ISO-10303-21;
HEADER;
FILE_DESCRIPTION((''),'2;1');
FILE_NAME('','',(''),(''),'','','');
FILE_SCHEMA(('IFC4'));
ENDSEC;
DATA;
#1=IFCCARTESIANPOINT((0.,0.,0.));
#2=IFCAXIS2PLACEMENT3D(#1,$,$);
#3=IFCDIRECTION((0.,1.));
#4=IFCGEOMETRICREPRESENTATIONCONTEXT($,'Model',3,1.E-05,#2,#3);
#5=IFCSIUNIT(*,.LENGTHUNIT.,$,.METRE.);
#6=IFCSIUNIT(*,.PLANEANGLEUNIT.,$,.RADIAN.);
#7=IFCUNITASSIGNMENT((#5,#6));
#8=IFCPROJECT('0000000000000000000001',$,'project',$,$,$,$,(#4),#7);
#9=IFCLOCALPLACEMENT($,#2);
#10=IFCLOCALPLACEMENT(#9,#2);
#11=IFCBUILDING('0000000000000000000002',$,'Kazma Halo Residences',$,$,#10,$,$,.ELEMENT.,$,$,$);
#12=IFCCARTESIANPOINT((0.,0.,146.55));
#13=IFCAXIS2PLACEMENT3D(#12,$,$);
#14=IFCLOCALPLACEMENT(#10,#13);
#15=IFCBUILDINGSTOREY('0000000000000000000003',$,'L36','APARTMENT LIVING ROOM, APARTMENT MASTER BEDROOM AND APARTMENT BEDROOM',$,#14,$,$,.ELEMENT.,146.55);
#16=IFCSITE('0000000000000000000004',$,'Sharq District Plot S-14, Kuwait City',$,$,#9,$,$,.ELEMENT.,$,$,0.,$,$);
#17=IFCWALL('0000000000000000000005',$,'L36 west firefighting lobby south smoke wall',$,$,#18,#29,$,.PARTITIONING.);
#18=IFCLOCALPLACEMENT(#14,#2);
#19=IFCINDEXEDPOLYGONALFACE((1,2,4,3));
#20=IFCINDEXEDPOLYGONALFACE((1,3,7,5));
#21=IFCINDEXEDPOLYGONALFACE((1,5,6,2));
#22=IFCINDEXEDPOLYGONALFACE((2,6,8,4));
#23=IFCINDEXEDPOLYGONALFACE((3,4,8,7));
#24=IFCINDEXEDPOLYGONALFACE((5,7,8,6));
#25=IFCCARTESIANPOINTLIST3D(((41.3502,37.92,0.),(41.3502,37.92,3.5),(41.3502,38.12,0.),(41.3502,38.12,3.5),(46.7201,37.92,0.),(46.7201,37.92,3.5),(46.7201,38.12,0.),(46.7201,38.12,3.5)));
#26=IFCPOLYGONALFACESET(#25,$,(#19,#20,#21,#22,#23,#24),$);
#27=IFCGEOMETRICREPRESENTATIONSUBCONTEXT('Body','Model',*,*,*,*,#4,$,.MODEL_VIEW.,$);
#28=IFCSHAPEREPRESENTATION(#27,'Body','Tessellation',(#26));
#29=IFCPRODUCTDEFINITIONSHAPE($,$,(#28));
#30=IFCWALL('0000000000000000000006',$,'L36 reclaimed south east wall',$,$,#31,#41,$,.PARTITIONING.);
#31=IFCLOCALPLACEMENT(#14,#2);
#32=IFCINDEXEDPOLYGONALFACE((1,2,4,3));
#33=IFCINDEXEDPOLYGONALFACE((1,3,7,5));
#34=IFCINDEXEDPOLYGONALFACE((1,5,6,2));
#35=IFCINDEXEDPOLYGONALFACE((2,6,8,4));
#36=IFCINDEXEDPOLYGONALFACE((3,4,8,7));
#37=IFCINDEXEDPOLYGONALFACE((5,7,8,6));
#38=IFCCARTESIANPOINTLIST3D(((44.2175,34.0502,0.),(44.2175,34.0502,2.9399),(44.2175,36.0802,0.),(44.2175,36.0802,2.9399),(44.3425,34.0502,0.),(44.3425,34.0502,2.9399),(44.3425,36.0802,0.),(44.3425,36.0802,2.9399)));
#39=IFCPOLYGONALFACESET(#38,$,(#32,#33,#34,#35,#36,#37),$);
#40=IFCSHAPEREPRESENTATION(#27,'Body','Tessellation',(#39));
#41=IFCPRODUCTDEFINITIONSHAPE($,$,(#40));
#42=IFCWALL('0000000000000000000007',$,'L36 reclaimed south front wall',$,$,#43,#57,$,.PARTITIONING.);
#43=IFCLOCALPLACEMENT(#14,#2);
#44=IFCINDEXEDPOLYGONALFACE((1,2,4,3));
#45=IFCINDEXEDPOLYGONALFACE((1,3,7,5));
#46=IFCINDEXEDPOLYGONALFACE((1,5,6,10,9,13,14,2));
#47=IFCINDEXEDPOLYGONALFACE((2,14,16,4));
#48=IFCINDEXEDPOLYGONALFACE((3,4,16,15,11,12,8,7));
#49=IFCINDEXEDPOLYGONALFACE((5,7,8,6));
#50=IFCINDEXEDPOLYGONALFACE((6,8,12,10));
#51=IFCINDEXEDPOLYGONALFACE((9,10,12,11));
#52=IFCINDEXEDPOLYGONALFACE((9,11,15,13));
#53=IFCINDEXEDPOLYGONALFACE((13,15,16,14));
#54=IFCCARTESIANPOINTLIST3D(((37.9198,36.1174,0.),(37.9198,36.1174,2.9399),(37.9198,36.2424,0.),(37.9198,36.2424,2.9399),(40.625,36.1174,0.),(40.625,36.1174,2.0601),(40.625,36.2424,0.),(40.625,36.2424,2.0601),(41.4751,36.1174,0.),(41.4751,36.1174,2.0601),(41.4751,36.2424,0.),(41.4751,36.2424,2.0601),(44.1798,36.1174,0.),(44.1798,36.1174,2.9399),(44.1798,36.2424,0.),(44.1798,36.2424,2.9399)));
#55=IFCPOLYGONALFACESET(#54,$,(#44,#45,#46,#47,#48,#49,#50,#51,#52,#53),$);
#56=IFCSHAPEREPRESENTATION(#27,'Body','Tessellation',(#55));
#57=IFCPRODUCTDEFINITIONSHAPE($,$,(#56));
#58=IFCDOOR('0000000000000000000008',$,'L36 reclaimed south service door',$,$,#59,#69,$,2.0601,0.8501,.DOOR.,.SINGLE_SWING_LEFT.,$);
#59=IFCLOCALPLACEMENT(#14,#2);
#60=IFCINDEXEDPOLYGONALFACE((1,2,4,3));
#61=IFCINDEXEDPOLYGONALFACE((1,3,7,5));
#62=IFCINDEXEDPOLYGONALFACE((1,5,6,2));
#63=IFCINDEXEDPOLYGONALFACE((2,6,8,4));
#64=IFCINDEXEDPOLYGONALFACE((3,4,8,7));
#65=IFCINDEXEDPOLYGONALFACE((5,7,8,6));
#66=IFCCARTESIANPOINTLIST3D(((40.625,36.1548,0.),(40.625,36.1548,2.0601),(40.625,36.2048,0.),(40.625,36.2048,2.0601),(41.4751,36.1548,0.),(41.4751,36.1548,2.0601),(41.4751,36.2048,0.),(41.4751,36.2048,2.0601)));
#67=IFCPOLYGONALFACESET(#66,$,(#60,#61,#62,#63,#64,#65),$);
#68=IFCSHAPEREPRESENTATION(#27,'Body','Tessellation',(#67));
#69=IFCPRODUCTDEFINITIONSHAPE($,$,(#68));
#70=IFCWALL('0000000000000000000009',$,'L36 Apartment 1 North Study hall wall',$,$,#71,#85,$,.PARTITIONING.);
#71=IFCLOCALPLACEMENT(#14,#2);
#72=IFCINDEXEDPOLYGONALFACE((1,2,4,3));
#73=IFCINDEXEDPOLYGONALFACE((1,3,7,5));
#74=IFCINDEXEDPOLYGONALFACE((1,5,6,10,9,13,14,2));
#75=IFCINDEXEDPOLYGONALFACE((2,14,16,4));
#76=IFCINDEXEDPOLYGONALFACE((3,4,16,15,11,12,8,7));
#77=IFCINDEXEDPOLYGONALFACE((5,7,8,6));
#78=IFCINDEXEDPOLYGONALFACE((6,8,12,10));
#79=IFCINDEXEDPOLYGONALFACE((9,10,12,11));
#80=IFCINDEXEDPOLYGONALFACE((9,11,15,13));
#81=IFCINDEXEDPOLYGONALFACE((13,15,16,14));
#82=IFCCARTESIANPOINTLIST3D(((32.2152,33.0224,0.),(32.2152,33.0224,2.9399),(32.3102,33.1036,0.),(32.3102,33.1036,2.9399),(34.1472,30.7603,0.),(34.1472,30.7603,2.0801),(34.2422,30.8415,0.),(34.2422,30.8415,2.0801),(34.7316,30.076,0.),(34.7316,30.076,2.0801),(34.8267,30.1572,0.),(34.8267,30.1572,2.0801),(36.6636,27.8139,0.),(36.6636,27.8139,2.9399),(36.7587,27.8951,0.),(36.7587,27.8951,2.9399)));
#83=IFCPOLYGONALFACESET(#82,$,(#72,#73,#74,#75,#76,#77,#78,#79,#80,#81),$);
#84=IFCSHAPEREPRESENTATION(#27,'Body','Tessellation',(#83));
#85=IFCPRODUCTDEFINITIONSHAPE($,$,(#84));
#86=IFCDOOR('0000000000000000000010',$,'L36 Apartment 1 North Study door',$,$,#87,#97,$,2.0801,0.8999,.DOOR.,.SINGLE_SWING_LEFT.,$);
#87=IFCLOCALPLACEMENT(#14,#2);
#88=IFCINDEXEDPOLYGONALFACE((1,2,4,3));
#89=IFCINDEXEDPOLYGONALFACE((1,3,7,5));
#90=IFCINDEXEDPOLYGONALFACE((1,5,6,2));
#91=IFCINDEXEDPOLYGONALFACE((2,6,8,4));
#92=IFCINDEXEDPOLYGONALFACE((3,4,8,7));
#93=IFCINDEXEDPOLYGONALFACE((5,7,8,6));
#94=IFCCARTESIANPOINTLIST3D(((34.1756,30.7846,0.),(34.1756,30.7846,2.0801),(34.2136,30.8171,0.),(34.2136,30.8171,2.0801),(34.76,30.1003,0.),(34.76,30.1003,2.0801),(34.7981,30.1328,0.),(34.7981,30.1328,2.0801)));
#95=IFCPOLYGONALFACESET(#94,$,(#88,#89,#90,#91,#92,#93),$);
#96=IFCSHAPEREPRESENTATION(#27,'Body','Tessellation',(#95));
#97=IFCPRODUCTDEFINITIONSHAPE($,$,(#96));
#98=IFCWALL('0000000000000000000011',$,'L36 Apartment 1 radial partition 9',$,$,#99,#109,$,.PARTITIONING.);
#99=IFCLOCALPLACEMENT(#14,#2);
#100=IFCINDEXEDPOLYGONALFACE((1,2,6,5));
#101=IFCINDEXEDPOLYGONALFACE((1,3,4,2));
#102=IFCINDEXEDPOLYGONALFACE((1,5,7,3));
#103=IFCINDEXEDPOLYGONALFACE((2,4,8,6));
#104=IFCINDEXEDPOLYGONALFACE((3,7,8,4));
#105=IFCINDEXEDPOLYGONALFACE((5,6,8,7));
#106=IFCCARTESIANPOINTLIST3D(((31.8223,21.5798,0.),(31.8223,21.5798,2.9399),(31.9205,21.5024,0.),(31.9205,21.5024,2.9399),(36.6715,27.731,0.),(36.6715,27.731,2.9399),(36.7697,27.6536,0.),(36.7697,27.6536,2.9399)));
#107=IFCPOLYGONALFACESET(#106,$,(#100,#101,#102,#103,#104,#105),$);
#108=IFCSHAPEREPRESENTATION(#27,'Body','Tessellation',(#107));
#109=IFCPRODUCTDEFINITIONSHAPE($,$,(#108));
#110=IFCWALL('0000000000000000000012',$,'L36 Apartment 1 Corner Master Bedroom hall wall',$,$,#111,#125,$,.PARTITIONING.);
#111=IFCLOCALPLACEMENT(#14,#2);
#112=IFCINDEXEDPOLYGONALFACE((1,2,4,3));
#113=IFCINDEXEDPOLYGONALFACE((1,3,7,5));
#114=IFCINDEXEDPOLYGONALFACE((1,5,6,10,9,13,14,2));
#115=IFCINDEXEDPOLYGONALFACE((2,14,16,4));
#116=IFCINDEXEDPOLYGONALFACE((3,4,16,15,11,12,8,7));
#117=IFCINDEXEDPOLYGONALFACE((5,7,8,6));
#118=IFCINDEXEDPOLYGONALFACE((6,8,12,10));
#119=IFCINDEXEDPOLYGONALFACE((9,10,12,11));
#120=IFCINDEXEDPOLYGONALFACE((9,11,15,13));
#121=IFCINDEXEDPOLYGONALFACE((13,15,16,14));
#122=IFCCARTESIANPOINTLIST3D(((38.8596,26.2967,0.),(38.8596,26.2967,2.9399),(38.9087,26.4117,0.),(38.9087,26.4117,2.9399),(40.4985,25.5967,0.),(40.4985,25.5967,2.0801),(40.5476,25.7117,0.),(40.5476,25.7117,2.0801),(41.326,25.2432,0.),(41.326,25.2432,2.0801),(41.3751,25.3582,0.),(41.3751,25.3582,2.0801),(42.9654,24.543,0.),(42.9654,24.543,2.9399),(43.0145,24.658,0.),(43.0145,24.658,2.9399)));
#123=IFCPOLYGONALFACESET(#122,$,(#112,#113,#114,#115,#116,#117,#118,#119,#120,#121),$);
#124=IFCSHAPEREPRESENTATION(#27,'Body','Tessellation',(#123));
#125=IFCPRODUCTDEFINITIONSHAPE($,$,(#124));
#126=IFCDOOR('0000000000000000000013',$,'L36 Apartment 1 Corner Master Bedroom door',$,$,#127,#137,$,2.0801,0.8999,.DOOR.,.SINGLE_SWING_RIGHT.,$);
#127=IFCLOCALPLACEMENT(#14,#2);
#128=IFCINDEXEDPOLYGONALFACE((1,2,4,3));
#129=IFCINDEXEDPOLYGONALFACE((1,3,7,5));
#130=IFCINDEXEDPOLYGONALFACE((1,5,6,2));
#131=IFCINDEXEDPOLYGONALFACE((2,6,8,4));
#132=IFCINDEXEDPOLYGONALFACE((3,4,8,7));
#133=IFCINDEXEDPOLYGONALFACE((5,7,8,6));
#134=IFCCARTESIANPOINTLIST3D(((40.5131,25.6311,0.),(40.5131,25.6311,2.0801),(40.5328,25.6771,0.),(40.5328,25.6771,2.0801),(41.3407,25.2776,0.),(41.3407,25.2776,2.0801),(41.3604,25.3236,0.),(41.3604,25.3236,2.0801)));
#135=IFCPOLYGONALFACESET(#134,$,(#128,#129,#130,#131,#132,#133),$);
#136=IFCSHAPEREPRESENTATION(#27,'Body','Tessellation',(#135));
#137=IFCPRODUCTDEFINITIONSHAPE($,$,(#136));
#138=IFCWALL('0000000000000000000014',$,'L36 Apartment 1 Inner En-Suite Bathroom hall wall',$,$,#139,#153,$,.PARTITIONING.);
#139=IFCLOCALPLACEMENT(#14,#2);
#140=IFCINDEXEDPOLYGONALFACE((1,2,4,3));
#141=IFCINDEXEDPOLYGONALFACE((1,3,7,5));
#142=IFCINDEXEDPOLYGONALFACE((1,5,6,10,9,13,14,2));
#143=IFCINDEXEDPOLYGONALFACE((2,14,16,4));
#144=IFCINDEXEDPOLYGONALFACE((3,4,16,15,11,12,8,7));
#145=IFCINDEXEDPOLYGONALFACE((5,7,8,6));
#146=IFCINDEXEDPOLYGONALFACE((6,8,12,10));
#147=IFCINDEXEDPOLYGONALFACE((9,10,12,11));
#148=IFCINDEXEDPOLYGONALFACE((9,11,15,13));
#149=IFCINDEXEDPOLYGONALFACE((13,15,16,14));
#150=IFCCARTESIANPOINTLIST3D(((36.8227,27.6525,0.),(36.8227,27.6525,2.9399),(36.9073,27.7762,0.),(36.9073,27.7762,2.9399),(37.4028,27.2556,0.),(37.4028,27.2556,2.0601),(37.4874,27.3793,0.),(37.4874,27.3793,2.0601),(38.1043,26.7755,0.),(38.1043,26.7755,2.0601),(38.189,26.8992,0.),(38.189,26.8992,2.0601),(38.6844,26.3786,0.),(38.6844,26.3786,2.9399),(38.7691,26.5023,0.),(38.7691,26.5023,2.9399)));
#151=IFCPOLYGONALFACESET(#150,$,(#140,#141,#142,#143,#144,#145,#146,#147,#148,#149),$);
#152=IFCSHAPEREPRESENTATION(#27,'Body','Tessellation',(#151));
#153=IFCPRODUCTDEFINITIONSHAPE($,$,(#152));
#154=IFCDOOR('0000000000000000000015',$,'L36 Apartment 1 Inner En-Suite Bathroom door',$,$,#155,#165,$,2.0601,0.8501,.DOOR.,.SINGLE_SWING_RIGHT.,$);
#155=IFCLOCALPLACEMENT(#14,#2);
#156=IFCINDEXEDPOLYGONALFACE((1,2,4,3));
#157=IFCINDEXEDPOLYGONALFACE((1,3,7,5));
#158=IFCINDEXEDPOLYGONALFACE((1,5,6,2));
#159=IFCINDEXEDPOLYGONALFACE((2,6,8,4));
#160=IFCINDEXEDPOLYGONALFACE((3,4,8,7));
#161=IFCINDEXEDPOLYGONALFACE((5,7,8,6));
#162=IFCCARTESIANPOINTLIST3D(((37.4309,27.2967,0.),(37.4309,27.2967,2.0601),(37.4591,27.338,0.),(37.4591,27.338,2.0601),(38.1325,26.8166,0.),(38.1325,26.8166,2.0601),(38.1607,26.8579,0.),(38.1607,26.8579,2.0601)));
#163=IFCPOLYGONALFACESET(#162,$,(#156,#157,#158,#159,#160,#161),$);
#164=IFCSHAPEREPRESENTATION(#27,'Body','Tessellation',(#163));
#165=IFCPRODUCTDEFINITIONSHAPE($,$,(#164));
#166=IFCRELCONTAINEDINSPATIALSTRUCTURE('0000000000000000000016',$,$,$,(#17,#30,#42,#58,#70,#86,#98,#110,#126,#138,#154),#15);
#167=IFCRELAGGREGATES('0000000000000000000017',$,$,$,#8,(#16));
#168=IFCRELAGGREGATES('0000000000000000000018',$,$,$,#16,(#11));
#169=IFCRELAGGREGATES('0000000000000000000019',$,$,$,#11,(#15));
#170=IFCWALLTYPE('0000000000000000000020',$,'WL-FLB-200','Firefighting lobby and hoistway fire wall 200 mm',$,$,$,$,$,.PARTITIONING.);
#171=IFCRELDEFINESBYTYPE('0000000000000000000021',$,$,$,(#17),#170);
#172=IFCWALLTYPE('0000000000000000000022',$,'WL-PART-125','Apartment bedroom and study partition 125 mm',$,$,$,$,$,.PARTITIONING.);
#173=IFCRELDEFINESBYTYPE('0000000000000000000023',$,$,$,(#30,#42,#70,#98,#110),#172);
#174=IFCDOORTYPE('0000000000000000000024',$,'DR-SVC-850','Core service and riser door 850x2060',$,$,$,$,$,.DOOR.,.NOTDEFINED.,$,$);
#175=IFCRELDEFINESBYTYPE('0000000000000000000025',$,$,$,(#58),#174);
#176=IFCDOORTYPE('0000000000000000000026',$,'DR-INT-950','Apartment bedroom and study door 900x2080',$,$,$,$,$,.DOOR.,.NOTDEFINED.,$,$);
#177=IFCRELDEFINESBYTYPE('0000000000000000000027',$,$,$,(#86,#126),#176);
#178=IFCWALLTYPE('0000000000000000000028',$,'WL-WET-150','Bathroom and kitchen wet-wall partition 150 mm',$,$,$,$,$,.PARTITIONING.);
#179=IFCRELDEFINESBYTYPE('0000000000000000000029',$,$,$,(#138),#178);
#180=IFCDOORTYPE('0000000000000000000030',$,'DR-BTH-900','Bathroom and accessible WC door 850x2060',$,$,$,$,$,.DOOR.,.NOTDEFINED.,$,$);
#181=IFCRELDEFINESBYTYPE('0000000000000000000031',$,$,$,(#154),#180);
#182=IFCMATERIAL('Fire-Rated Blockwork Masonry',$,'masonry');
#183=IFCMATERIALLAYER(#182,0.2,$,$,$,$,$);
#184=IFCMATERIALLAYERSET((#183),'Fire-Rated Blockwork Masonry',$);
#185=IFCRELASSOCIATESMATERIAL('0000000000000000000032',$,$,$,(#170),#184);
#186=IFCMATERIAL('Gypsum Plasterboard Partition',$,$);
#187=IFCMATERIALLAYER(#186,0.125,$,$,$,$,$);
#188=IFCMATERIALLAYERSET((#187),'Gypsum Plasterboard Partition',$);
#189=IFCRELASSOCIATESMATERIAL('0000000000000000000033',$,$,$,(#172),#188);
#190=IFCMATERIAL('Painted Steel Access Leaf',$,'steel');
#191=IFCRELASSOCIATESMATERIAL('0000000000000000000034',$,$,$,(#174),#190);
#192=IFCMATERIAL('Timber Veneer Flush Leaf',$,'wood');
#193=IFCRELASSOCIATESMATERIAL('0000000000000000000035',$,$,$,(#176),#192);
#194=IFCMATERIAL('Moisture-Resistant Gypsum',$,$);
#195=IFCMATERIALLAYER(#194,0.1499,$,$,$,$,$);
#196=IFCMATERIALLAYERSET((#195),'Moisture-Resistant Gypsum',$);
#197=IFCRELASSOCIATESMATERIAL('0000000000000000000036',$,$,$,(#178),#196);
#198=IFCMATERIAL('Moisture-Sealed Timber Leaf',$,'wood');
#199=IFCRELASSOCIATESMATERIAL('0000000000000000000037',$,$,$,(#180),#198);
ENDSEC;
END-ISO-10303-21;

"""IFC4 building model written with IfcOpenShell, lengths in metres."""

from ifc_helpers import new_model, si_unit, direction, frame, frame_2d, origin, place, context, subcontext, project, spatial, rectangle, extrude, material, layer, layer_set, type_object, element, fill, save


model = new_model("IFC4")

# Units and contexts
model_context = context("Model", 3, precision=1e-05, world=origin(), true_north=direction((0.0, 1.0)))
body_context = subcontext(model_context, "Body", "Model", "MODEL_VIEW")
ifc_project = project(units=[si_unit("LENGTHUNIT", "METRE"), si_unit("PLANEANGLEUNIT", "RADIAN")], contexts=[model_context])

# Site, building, storey
site_placement = place(None, origin())
site = spatial("IfcSite", under=ifc_project, at=site_placement, Name="Sharq District Plot S-14, Kuwait City", CompositionType="ELEMENT", RefElevation=0.0)
building_placement = place(site_placement, origin())
building = spatial("IfcBuilding", under=site, at=building_placement, Name="Kazma Halo Residences", CompositionType="ELEMENT")
storey_placement = place(building_placement, frame((0.0, 0.0, 146.55)))
storey = spatial("IfcBuildingStorey", under=building, at=storey_placement, Name="L36", Description="APARTMENT LIVING ROOM, APARTMENT MASTER BEDROOM AND APARTMENT BEDROOM", CompositionType="ELEMENT", Elevation=146.55)

# Walls
ifc_material_1 = material(Name="Fire-Rated Blockwork Masonry", Category="masonry")
ifc_layer_1 = layer(ifc_material_1, 0.2)
ifc_layer_set_1 = layer_set([ifc_layer_1], Name="Fire-Rated Blockwork Masonry")
wall_type_1 = type_object("IfcWallType", Name="WL-FLB-200", Description="Firefighting lobby and hoistway fire wall 200 mm", PredefinedType="PARTITIONING", material=ifc_layer_set_1)
wall_1_placement = place(storey_placement, frame((41.3501, 38.02, 0.0), z_axis=(0.0, 0.0, 1.0), x_axis=(1.0, 0.0, 0.0)))
element("IfcWall", 1, at=wall_1_placement, inside=storey, type_object=wall_type_1, Name="L36 west firefighting lobby south smoke wall", PredefinedType="PARTITIONING", context=body_context, shape_type="SweptSolid", body=[
    extrude(rectangle(XDim=5.3699, YDim=0.2, at=frame_2d((2.6851, 0.0))), origin(), (0.0, 0.0, 1.0), 3.5),
])
ifc_material_2 = material(Name="Gypsum Plasterboard Partition")
ifc_layer_2 = layer(ifc_material_2, 0.125)
ifc_layer_set_2 = layer_set([ifc_layer_2], Name="Gypsum Plasterboard Partition")
wall_type_2 = type_object("IfcWallType", Name="WL-PART-125", Description="Apartment bedroom and study partition 125 mm", PredefinedType="PARTITIONING", material=ifc_layer_set_2)
wall_2_placement = place(storey_placement, frame((44.28, 34.05, 0.0), z_axis=(0.0, 0.0, 1.0), x_axis=(0.0, 1.0, 0.0)))
element("IfcWall", 2, at=wall_2_placement, inside=storey, type_object=wall_type_2, Name="L36 reclaimed south east wall", PredefinedType="PARTITIONING", context=body_context, shape_type="SweptSolid", body=[
    extrude(rectangle(XDim=2.03, YDim=0.125, at=frame_2d((1.0151, 0.0))), origin(), (0.0, 0.0, 1.0), 2.9399),
])

# Walls, openings, doors
wall_3_placement = place(storey_placement, frame((37.9199, 36.1799, 0.0), z_axis=(0.0, 0.0, 1.0), x_axis=(1.0, 0.0, 0.0)))
wall_3 = element("IfcWall", 3, at=wall_3_placement, inside=storey, type_object=wall_type_2, Name="L36 reclaimed south front wall", PredefinedType="PARTITIONING", context=body_context, shape_type="SweptSolid", body=[
    extrude(rectangle(XDim=6.26, YDim=0.125, at=frame_2d((3.1299, 0.0))), origin(), (0.0, 0.0, 1.0), 2.9399),
])
opening_1_placement = place(wall_3_placement, frame((2.7051, 0.0, 0.0)))
opening_1 = element("IfcOpeningElement", 4, at=opening_1_placement, cuts=wall_3, PredefinedType="OPENING", context=body_context, shape_type="SweptSolid", body=[
    extrude(rectangle(XDim=0.8501, YDim=2.0601, at=frame_2d((0.425, 1.03))), frame((0.0, 0.0725, 0.0), z_axis=(0.0, -1.0, 0.0), x_axis=(1.0, 0.0, 0.0)), (0.0, 0.0, 1.0), 0.145),
])
ifc_material_3 = material(Name="Painted Steel Access Leaf", Category="steel")
door_type_1 = type_object("IfcDoorType", Name="DR-SVC-850", Description="Core service and riser door 850x2060", OperationType="NOTDEFINED", PredefinedType="DOOR", material=ifc_material_3)
door_1_placement = place(opening_1_placement, origin())
door_1 = element("IfcDoor", 5, at=door_1_placement, inside=storey, type_object=door_type_1, Name="L36 reclaimed south service door", OperationType="SINGLE_SWING_LEFT", OverallHeight=2.0601, OverallWidth=0.8501, PredefinedType="DOOR", context=body_context, shape_type="SweptSolid", body=[
    extrude(rectangle(XDim=0.8501, YDim=2.0601, at=frame_2d((0.425, 1.03))), frame((0.0, 0.0249, 0.0), z_axis=(0.0, -1.0, 0.0), x_axis=(1.0, 0.0, 0.0)), (0.0, 0.0, 1.0), 0.05),
])
fill(opening_1, door_1)
wall_4_placement = place(storey_placement, frame((32.2627, 33.063, 0.0), z_axis=(0.0, 0.0, 1.0), x_axis=(0.649449, -0.760405, 0.0)))
wall_4 = element("IfcWall", 6, at=wall_4_placement, inside=storey, type_object=wall_type_2, Name="L36 Apartment 1 North Study hall wall", PredefinedType="PARTITIONING", context=body_context, shape_type="SweptSolid", body=[
    extrude(rectangle(XDim=6.8496, YDim=0.125, at=frame_2d((3.4248, 0.0))), origin(), (0.0, 0.0, 1.0), 2.9399),
])
opening_2_placement = place(wall_4_placement, frame((2.9749, 0.0, 0.0)))
opening_2 = element("IfcOpeningElement", 7, at=opening_2_placement, cuts=wall_4, PredefinedType="OPENING", context=body_context, shape_type="SweptSolid", body=[
    extrude(rectangle(XDim=0.8999, YDim=2.0801, at=frame_2d((0.45, 1.04))), frame((0.0, 0.0725, 0.0), z_axis=(0.0, -1.0, 0.0), x_axis=(1.0, 0.0, 0.0)), (0.0, 0.0, 1.0), 0.145),
])
ifc_material_4 = material(Name="Timber Veneer Flush Leaf", Category="wood")
door_type_2 = type_object("IfcDoorType", Name="DR-INT-950", Description="Apartment bedroom and study door 900x2080", OperationType="NOTDEFINED", PredefinedType="DOOR", material=ifc_material_4)
door_2_placement = place(opening_2_placement, origin())
door_2 = element("IfcDoor", 8, at=door_2_placement, inside=storey, type_object=door_type_2, Name="L36 Apartment 1 North Study door", OperationType="SINGLE_SWING_LEFT", OverallHeight=2.0801, OverallWidth=0.8999, PredefinedType="DOOR", context=body_context, shape_type="SweptSolid", body=[
    extrude(rectangle(XDim=0.8999, YDim=2.0801, at=frame_2d((0.45, 1.04))), frame((0.0, 0.0249, 0.0), z_axis=(0.0, -1.0, 0.0), x_axis=(1.0, 0.0, 0.0)), (0.0, 0.0, 1.0), 0.05),
])
fill(opening_2, door_2)

# Wall
wall_5_placement = place(storey_placement, frame((36.7207, 27.6924, 0.0), z_axis=(0.0, 0.0, 1.0), x_axis=(-0.619091, -0.785319, 0.0)))
element("IfcWall", 9, at=wall_5_placement, inside=storey, type_object=wall_type_2, Name="L36 Apartment 1 radial partition 9", PredefinedType="PARTITIONING", context=body_context, shape_type="SweptSolid", body=[
    extrude(rectangle(XDim=7.8328, YDim=0.125, at=frame_2d((3.9165, 0.0))), origin(), (0.0, 0.0, 1.0), 2.9399),
])

# Walls, openings, doors
wall_6_placement = place(storey_placement, frame((38.884, 26.3542, 0.0), z_axis=(0.0, 0.0, 1.0), x_axis=(0.919625, -0.392797, 0.0)))
wall_6 = element("IfcWall", 10, at=wall_6_placement, inside=storey, type_object=wall_type_2, Name="L36 Apartment 1 Corner Master Bedroom hall wall", PredefinedType="PARTITIONING", context=body_context, shape_type="SweptSolid", body=[
    extrude(rectangle(XDim=4.4646, YDim=0.125, at=frame_2d((2.2324, 0.0))), origin(), (0.0, 0.0, 1.0), 2.9399),
])
opening_3_placement = place(wall_6_placement, frame((1.7822, 0.0, 0.0)))
opening_3 = element("IfcOpeningElement", 11, at=opening_3_placement, cuts=wall_6, PredefinedType="OPENING", context=body_context, shape_type="SweptSolid", body=[
    extrude(rectangle(XDim=0.8999, YDim=2.0801, at=frame_2d((0.45, 1.04))), frame((0.0, 0.0725, 0.0), z_axis=(0.0, -1.0, 0.0), x_axis=(1.0, 0.0, 0.0)), (0.0, 0.0, 1.0), 0.145),
])
door_3_placement = place(opening_3_placement, origin())
door_3 = element("IfcDoor", 12, at=door_3_placement, inside=storey, type_object=door_type_2, Name="L36 Apartment 1 Corner Master Bedroom door", OperationType="SINGLE_SWING_RIGHT", OverallHeight=2.0801, OverallWidth=0.8999, PredefinedType="DOOR", context=body_context, shape_type="SweptSolid", body=[
    extrude(rectangle(XDim=0.8999, YDim=2.0801, at=frame_2d((0.45, 1.04))), frame((0.0, 0.0249, 0.0), z_axis=(0.0, -1.0, 0.0), x_axis=(1.0, 0.0, 0.0)), (0.0, 0.0, 1.0), 0.05),
])
fill(opening_3, door_3)
ifc_material_5 = material(Name="Moisture-Resistant Gypsum")
ifc_layer_3 = layer(ifc_material_5, 0.1499)
ifc_layer_set_3 = layer_set([ifc_layer_3], Name="Moisture-Resistant Gypsum")
wall_type_3 = type_object("IfcWallType", Name="WL-WET-150", Description="Bathroom and kitchen wet-wall partition 150 mm", PredefinedType="PARTITIONING", material=ifc_layer_set_3)
wall_7_placement = place(storey_placement, frame((36.865, 27.7144, 0.0), z_axis=(0.0, 0.0, 1.0), x_axis=(0.825297, -0.564699, 0.0)))
wall_7 = element("IfcWall", 13, at=wall_7_placement, inside=storey, type_object=wall_type_3, Name="L36 Apartment 1 Inner En-Suite Bathroom hall wall", PredefinedType="PARTITIONING", context=body_context, shape_type="SweptSolid", body=[
    extrude(rectangle(XDim=2.2559, YDim=0.1499, at=frame_2d((1.1279, 0.0))), origin(), (0.0, 0.0, 1.0), 2.9399),
])
opening_4_placement = place(wall_7_placement, frame((0.7029, 0.0, 0.0)))
opening_4 = element("IfcOpeningElement", 14, at=opening_4_placement, cuts=wall_7, PredefinedType="OPENING", context=body_context, shape_type="SweptSolid", body=[
    extrude(rectangle(XDim=0.8501, YDim=2.0601, at=frame_2d((0.425, 1.03))), frame((0.0, 0.085, 0.0), z_axis=(0.0, -1.0, 0.0), x_axis=(1.0, 0.0, 0.0)), (0.0, 0.0, 1.0), 0.1699),
])
ifc_material_6 = material(Name="Moisture-Sealed Timber Leaf", Category="wood")
door_type_3 = type_object("IfcDoorType", Name="DR-BTH-900", Description="Bathroom and accessible WC door 850x2060", OperationType="NOTDEFINED", PredefinedType="DOOR", material=ifc_material_6)
door_4_placement = place(opening_4_placement, origin())
door_4 = element("IfcDoor", 15, at=door_4_placement, inside=storey, type_object=door_type_3, Name="L36 Apartment 1 Inner En-Suite Bathroom door", OperationType="SINGLE_SWING_RIGHT", OverallHeight=2.0601, OverallWidth=0.8501, PredefinedType="DOOR", context=body_context, shape_type="SweptSolid", body=[
    extrude(rectangle(XDim=0.8501, YDim=2.0601, at=frame_2d((0.425, 1.03))), frame((0.0, 0.0249, 0.0), z_axis=(0.0, -1.0, 0.0), x_axis=(1.0, 0.0, 0.0)), (0.0, 0.0, 1.0), 0.05),
])
fill(opening_4, door_4)

save(model, "model.ifc")
